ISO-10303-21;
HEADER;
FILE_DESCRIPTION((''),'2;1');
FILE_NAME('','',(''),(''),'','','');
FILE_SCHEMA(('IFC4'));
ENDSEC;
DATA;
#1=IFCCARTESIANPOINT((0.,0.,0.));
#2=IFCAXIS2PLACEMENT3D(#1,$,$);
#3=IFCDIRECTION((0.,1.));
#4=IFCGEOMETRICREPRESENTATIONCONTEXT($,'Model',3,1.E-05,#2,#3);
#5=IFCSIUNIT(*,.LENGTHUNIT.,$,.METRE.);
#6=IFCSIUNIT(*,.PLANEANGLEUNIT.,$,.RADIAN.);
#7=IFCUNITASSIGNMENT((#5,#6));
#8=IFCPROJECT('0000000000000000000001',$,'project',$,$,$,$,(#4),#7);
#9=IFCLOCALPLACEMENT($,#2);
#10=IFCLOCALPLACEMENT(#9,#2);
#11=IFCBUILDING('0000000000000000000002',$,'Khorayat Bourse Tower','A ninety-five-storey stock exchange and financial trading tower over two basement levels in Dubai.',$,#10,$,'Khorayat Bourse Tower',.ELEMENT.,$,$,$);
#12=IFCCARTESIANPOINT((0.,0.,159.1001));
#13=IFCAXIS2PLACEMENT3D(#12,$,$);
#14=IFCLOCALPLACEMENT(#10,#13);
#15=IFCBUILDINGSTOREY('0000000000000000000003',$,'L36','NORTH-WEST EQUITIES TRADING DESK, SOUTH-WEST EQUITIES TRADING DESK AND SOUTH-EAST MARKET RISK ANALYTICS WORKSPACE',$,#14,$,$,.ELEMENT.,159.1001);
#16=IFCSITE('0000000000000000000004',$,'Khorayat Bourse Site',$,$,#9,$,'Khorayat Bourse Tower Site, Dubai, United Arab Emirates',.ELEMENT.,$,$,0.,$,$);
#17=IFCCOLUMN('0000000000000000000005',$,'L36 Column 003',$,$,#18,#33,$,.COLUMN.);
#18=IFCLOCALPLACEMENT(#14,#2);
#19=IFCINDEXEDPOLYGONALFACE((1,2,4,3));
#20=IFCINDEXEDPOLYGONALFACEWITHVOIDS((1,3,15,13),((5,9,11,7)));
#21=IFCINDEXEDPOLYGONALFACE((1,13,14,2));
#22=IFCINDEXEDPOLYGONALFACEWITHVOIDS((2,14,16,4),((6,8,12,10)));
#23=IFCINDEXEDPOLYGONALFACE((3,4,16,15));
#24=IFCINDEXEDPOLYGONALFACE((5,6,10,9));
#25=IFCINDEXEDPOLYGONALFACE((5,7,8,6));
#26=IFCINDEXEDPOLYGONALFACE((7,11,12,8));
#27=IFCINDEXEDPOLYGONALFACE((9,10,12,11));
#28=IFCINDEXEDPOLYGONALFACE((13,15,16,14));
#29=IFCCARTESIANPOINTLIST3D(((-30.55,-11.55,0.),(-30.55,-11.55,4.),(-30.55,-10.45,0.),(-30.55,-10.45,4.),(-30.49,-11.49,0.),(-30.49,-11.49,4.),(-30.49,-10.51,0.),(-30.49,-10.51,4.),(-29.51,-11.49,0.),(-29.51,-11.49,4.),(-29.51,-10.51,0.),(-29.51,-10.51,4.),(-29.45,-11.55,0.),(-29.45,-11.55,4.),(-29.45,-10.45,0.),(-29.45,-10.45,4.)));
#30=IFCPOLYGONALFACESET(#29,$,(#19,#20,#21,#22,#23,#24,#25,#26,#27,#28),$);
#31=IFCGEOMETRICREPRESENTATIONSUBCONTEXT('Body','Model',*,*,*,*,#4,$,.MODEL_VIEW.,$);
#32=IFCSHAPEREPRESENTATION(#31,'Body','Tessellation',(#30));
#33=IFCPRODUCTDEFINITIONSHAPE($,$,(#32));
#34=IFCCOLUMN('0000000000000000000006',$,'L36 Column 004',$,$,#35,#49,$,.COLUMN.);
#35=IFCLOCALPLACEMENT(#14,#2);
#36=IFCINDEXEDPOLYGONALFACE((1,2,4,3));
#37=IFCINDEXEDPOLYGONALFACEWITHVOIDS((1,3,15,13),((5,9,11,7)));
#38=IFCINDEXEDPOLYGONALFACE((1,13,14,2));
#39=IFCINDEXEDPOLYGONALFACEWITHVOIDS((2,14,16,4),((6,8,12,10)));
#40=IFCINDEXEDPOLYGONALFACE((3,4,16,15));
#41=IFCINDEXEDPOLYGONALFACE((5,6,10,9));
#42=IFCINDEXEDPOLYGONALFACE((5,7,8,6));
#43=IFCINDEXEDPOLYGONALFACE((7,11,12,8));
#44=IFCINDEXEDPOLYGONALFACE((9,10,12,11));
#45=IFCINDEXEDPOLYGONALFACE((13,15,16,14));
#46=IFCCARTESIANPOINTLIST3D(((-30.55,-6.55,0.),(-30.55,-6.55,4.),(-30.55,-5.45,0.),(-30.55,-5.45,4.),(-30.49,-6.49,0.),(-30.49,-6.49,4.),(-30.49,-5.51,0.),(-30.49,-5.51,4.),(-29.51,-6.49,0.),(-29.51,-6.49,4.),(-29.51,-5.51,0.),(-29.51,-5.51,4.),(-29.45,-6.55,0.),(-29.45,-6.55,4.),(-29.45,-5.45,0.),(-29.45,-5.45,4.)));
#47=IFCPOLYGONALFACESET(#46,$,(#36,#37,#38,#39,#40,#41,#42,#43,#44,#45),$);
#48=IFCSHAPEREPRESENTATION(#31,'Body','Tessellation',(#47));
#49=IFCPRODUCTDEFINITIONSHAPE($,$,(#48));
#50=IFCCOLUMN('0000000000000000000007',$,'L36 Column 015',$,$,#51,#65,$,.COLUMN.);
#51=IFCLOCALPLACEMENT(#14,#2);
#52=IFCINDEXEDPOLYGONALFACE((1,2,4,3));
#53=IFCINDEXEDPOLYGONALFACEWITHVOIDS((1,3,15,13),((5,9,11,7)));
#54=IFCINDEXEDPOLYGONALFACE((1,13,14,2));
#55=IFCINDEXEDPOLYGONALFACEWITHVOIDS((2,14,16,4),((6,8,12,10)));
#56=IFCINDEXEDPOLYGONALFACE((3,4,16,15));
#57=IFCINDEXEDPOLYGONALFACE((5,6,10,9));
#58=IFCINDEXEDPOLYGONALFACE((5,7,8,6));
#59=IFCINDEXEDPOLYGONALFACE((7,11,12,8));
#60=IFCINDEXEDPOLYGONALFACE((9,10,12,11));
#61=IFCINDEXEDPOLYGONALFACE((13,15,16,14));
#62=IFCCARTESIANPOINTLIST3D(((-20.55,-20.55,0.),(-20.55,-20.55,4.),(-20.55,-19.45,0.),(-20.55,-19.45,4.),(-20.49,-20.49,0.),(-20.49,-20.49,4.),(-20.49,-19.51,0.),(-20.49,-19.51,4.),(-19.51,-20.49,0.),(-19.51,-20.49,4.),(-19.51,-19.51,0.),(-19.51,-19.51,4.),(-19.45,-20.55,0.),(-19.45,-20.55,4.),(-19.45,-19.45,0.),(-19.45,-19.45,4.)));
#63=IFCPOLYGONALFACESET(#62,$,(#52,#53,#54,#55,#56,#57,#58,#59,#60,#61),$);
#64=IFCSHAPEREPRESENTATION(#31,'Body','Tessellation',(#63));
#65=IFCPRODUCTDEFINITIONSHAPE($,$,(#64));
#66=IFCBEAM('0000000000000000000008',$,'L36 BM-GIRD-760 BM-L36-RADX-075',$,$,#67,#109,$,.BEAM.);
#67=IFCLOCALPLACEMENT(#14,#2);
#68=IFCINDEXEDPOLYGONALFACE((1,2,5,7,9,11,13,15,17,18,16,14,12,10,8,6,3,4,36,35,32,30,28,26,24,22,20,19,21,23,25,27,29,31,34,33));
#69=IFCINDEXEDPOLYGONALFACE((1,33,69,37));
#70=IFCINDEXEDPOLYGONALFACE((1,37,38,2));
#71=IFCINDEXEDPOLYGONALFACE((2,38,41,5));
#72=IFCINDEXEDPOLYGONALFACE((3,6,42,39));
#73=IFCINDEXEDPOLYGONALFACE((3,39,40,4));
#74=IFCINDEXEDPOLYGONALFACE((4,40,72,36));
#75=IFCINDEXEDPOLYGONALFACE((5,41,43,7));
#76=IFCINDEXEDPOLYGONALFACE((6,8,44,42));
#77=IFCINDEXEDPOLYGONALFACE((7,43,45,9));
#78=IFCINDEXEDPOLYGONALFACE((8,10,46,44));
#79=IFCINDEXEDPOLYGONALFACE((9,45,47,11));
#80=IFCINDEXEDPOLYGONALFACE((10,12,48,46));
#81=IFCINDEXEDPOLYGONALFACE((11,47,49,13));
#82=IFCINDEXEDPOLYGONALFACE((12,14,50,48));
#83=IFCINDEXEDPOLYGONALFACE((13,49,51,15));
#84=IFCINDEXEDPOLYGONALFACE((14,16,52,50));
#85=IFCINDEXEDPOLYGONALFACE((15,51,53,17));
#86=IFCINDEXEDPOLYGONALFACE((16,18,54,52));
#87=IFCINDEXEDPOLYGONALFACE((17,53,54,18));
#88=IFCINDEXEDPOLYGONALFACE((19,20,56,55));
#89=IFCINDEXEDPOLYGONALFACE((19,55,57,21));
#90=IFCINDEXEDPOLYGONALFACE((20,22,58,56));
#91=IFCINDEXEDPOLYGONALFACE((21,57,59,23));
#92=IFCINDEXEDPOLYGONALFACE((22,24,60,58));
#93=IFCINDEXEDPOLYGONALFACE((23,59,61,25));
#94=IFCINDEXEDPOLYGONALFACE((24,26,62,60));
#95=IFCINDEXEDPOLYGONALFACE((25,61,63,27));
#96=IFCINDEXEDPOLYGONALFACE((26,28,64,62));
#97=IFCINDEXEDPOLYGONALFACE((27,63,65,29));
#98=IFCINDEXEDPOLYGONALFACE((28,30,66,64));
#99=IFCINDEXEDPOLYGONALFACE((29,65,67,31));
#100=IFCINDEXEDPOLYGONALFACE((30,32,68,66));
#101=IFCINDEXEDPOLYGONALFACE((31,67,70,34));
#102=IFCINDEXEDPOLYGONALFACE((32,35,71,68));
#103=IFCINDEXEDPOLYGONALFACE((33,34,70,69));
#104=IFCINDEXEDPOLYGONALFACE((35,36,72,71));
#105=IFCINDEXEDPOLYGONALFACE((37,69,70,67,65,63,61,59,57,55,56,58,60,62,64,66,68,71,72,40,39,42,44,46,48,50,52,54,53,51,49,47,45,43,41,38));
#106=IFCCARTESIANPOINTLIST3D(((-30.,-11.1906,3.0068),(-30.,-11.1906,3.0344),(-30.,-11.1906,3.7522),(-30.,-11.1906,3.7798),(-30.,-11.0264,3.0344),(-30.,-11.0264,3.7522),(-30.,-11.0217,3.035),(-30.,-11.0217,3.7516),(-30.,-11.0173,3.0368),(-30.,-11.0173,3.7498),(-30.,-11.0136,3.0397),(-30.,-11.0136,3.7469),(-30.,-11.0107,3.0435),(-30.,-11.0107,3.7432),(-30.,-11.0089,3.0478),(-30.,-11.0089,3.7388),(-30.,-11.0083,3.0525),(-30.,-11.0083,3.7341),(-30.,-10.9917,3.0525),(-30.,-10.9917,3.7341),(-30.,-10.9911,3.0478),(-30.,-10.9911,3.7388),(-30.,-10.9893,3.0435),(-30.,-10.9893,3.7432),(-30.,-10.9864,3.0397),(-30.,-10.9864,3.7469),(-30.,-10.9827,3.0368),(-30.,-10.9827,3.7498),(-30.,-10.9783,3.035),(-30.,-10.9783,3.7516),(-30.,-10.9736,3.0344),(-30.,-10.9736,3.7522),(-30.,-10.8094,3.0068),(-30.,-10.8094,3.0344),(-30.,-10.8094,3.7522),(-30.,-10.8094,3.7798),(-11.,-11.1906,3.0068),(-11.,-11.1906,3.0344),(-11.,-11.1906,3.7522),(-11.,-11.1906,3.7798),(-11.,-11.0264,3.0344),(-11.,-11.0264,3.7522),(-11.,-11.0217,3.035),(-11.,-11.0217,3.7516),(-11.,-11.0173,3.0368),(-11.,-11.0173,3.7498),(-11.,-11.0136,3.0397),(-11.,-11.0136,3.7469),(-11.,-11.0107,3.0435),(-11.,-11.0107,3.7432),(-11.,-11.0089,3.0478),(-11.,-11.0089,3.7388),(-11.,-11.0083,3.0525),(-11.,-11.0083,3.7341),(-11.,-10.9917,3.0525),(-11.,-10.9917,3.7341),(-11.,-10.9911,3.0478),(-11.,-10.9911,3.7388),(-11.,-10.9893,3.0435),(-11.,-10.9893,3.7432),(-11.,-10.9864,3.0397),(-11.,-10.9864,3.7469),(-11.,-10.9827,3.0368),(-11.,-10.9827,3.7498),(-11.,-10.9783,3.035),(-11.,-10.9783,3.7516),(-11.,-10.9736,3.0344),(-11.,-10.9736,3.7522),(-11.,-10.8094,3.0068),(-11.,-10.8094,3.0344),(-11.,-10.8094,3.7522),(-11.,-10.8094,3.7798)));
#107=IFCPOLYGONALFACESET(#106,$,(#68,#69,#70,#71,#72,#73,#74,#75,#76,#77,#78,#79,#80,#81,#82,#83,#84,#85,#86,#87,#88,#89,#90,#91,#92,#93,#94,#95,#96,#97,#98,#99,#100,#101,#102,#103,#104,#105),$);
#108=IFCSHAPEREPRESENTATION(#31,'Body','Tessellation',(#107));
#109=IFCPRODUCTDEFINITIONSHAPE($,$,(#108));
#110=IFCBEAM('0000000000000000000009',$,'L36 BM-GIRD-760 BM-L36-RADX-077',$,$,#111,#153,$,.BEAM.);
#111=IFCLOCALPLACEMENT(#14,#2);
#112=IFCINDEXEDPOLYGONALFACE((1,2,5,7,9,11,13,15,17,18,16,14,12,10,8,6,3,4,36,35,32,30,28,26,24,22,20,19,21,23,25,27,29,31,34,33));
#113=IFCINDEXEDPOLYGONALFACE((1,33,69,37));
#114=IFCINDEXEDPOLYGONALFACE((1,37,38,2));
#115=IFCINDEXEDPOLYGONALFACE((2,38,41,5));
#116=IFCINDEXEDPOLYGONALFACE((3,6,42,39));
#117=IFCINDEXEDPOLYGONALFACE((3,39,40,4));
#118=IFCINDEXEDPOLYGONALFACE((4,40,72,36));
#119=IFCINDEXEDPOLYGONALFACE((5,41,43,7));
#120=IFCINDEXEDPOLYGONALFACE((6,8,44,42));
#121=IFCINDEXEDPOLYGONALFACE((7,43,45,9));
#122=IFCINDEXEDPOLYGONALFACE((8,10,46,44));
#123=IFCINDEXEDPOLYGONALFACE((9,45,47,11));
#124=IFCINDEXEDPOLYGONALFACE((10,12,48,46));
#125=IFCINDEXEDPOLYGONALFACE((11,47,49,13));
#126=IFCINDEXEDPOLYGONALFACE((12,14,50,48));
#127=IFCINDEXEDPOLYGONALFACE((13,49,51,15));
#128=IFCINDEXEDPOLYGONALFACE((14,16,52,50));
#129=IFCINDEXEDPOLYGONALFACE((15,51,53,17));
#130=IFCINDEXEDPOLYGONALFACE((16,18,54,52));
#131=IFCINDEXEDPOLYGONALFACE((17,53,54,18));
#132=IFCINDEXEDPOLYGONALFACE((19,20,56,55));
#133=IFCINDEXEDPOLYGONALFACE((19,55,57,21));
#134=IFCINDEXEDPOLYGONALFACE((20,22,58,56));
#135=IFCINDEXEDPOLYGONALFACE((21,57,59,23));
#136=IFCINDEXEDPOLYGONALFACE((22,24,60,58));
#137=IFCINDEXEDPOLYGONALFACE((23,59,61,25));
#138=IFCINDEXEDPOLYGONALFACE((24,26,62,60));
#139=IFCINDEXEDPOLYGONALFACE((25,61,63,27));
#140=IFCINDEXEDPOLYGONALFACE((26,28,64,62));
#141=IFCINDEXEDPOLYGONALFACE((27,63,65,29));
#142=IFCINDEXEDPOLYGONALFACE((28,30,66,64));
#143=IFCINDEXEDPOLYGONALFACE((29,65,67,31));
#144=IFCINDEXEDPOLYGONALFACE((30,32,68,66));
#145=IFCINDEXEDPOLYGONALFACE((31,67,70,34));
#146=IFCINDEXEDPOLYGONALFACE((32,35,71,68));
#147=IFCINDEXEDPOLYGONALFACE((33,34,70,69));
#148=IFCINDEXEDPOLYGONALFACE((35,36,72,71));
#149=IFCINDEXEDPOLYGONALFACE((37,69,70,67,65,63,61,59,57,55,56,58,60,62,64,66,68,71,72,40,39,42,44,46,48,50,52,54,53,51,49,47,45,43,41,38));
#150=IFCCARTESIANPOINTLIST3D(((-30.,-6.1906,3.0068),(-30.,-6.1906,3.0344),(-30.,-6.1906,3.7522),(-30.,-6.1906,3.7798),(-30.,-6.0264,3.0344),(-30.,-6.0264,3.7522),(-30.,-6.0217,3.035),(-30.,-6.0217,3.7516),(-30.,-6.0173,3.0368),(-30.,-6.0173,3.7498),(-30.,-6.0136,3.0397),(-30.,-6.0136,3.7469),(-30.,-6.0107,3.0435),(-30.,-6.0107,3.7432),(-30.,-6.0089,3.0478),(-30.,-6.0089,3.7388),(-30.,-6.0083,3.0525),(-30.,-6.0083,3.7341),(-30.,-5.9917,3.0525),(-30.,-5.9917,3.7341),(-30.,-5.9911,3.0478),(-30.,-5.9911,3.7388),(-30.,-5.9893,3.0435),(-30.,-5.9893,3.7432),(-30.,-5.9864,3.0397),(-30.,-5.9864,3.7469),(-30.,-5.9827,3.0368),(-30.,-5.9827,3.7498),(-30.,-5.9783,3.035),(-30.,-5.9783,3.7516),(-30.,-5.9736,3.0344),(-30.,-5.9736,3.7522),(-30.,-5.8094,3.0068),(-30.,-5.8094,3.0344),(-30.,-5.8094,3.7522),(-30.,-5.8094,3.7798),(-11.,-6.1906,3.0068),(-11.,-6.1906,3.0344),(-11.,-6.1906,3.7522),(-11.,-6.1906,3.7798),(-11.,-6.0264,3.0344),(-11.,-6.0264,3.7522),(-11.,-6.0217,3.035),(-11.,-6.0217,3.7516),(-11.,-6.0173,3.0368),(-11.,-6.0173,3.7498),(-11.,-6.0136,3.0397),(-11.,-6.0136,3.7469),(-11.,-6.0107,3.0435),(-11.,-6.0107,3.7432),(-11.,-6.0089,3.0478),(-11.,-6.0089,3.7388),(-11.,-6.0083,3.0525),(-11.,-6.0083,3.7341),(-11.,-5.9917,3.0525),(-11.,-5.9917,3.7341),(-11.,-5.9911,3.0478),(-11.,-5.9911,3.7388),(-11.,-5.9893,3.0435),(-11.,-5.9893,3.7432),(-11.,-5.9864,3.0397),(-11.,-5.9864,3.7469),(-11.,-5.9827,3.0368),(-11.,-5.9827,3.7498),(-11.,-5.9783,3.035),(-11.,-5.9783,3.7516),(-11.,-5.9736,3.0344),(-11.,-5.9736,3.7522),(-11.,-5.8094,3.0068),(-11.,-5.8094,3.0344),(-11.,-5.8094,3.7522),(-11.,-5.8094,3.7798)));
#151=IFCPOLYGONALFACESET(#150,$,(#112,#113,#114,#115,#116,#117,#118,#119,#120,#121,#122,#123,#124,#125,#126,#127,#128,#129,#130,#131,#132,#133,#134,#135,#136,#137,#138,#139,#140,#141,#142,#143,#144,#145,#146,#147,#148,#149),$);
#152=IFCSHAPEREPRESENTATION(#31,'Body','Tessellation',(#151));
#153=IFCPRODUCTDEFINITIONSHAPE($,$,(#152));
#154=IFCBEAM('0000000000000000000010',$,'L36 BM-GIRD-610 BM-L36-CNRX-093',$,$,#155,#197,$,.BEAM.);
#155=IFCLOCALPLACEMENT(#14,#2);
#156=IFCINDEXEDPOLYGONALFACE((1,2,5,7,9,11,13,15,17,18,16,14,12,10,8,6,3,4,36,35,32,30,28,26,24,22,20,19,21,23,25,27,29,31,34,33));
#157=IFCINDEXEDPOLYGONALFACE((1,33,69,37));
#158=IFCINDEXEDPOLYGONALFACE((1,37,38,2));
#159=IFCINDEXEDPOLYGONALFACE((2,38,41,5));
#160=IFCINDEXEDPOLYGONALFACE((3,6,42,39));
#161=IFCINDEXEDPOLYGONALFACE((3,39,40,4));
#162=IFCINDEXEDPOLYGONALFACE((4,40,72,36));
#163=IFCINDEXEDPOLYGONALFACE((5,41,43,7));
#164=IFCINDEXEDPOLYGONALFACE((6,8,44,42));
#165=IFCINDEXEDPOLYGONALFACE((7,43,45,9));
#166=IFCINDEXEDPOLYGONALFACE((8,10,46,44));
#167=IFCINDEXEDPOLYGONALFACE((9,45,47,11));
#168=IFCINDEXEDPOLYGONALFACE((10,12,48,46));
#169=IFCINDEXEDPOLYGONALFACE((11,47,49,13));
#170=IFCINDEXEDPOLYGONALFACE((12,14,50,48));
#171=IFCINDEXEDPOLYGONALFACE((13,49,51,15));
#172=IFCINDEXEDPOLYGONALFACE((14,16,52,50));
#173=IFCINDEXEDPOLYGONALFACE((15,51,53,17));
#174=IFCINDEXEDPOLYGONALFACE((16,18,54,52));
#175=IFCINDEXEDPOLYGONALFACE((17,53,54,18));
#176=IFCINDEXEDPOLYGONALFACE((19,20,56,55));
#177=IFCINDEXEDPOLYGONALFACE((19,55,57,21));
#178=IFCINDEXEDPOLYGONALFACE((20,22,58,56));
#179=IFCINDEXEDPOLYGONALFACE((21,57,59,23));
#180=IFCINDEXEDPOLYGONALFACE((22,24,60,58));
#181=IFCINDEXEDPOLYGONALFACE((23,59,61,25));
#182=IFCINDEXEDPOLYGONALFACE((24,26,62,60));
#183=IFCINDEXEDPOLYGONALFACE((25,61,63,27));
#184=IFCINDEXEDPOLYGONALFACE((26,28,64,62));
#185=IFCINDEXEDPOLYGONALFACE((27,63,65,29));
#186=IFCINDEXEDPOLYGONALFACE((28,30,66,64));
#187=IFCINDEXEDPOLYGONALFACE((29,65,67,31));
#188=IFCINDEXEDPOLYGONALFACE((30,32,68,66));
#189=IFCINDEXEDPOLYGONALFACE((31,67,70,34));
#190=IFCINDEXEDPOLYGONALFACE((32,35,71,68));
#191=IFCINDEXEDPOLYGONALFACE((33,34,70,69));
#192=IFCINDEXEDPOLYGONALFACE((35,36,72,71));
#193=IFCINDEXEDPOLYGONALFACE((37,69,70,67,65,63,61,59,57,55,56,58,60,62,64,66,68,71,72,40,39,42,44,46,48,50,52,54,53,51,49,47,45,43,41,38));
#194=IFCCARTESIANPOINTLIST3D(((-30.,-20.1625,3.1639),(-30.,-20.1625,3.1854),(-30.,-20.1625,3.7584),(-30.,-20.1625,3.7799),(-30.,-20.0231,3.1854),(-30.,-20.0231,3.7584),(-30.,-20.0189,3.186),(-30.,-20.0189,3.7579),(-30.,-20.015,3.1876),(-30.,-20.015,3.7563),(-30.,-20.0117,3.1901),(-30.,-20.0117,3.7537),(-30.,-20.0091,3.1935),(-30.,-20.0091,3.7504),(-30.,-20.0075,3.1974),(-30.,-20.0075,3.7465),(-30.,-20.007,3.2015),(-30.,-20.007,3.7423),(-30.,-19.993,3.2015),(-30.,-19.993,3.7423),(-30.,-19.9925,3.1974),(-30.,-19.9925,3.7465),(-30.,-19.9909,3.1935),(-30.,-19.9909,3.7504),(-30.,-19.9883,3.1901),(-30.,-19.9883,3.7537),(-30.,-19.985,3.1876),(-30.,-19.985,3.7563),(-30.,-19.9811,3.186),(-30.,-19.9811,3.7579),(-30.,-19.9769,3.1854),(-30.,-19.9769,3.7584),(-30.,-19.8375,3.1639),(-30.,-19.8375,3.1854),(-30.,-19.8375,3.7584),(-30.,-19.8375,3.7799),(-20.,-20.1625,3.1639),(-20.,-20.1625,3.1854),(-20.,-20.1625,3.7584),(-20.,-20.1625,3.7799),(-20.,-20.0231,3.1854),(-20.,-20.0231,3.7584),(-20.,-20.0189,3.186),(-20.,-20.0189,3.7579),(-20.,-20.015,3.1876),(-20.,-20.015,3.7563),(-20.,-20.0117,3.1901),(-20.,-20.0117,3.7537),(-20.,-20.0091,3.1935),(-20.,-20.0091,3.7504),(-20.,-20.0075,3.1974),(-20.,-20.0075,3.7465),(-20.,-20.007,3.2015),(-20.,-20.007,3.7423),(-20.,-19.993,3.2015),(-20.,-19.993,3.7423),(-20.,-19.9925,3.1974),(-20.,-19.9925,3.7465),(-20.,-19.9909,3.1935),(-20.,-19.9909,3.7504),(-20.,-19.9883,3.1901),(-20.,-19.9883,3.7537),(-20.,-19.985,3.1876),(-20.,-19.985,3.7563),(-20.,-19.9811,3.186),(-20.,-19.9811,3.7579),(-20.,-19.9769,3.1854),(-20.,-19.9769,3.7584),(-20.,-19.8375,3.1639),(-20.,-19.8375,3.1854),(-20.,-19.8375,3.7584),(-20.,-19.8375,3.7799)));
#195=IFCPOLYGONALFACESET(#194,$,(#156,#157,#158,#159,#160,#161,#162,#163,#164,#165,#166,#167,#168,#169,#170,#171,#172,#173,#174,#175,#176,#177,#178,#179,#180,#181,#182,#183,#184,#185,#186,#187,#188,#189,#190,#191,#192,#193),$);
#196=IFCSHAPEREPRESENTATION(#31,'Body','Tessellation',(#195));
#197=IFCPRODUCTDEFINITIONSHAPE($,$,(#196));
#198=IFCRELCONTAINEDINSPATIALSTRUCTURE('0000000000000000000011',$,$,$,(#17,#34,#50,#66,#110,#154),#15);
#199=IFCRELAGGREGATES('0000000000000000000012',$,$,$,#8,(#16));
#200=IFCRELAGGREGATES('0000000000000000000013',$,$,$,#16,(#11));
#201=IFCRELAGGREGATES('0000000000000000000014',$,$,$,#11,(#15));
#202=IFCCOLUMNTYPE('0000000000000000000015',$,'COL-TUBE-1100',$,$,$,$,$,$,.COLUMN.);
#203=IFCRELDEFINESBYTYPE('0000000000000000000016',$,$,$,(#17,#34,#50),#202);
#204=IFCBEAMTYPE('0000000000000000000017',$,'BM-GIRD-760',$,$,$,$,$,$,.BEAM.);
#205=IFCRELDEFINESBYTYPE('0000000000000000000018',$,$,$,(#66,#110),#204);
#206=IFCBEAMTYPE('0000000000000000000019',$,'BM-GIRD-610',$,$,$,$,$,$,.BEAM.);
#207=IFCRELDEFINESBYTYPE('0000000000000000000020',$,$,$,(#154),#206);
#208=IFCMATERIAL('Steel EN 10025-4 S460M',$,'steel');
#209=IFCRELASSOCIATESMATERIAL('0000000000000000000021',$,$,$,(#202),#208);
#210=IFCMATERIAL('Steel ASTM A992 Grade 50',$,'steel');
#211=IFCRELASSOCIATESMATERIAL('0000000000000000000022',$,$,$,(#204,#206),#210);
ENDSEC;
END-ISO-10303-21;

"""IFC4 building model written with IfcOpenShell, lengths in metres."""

from ifc_helpers import new_model, si_unit, direction, frame, origin, origin_2d, place, context, subcontext, project, spatial, hollow_rectangle, i_section, extrude, source, transform, mapped, material, material_profile, profile_set, type_object, element, save


model = new_model("IFC4")

# Units and contexts
model_context = context("Model", 3, precision=1e-05, world=origin(), true_north=direction((0.0, 1.0)))
body_context = subcontext(model_context, "Body", "Model", "MODEL_VIEW")
ifc_project = project(units=[si_unit("LENGTHUNIT", "METRE"), si_unit("PLANEANGLEUNIT", "RADIAN")], contexts=[model_context])

# Site, building, storey
site_placement = place(None, origin())
site = spatial("IfcSite", under=ifc_project, at=site_placement, Name="Khorayat Bourse Site", LongName="Khorayat Bourse Tower Site, Dubai, United Arab Emirates", CompositionType="ELEMENT", RefElevation=0.0)
building_placement = place(site_placement, origin())
building = spatial("IfcBuilding", under=site, at=building_placement, Name="Khorayat Bourse Tower", Description="A ninety-five-storey stock exchange and financial trading tower over two basement levels in Dubai.", LongName="Khorayat Bourse Tower", CompositionType="ELEMENT")
storey_placement = place(building_placement, frame((0.0, 0.0, 159.1001)))
storey = spatial("IfcBuildingStorey", under=building, at=storey_placement, Name="L36", Description="NORTH-WEST EQUITIES TRADING DESK, SOUTH-WEST EQUITIES TRADING DESK AND SOUTH-EAST MARKET RISK ANALYTICS WORKSPACE", CompositionType="ELEMENT", Elevation=159.1001)

# Columns
ifc_material_1 = material(Name="Steel EN 10025-4 S460M", Category="steel")
ifc_material_profile_1 = material_profile(ifc_material_1, hollow_rectangle(XDim=1.1001, YDim=1.1001, WallThickness=0.0601, at=origin_2d()), Name="BOX 1100x1100x60")
ifc_profile_set_1 = profile_set([ifc_material_profile_1], Name="Steel EN 10025-4 S460M")
column_type = type_object("IfcColumnType", Name="COL-TUBE-1100", PredefinedType="COLUMN", material=ifc_profile_set_1)
shared_shape_1 = source(origin(), body_context, "Body", "SweptSolid", [
    extrude(hollow_rectangle(XDim=1.1001, YDim=1.1001, WallThickness=0.0601, at=origin_2d()), origin(), (0.0, 0.0, 1.0), 4.0),
])
for number, where, z_axis, x_axis, name in (
    (1, (-30.0, -11.0, 0.0), (0.0, 0.0, 1.0), (1.0, 0.0, 0.0), "L36 Column 003"),
    (2, (-30.0, -6.0, 0.0), (0.0, 0.0, 1.0), (1.0, 0.0, 0.0), "L36 Column 004"),
    (3, (-20.0, -20.0, 0.0), (0.0, 0.0, 1.0), (1.0, 0.0, 0.0), "L36 Column 015"),
):
    element("IfcColumn", number, at=place(storey_placement, frame(where, z_axis=z_axis, x_axis=x_axis)), inside=storey, type_object=column_type, Name=name, PredefinedType="COLUMN", context=body_context, shape_type="MappedRepresentation", body=[
        mapped(shared_shape_1, transform((0.0, 0.0, 0.0), scale=1.0)),
    ])

# Beams
ifc_material_2 = material(Name="Steel ASTM A992 Grade 50", Category="steel")
ifc_material_profile_2 = material_profile(ifc_material_2, i_section(OverallWidth=0.3811, OverallDepth=0.7729, WebThickness=0.0166, FlangeThickness=0.0276, FilletRadius=0.0181, at=origin_2d()), Name="W760X257")
ifc_profile_set_2 = profile_set([ifc_material_profile_2], Name="Steel ASTM A992 Grade 50")
beam_type_1 = type_object("IfcBeamType", Name="BM-GIRD-760", PredefinedType="BEAM", material=ifc_profile_set_2)
shared_shape_2 = source(origin(), body_context, "Body", "SweptSolid", [
    extrude(i_section(OverallWidth=0.3811, OverallDepth=0.7729, WebThickness=0.0166, FlangeThickness=0.0276, FilletRadius=0.0181, at=origin_2d()), origin(), (0.0, 0.0, 1.0), 19.0),
])
for number, where, z_axis, x_axis, name in (
    (4, (-30.0, -11.0, 3.3933), (1.0, 0.0, 0.0), (0.0, 1.0, 0.0), "L36 BM-GIRD-760 BM-L36-RADX-075"),
    (5, (-30.0, -6.0, 3.3933), (1.0, 0.0, 0.0), (0.0, 1.0, 0.0), "L36 BM-GIRD-760 BM-L36-RADX-077"),
):
    element("IfcBeam", number, at=place(storey_placement, frame(where, z_axis=z_axis, x_axis=x_axis)), inside=storey, type_object=beam_type_1, Name=name, PredefinedType="BEAM", context=body_context, shape_type="MappedRepresentation", body=[
        mapped(shared_shape_2, transform((0.0, 0.0, 0.0), scale=1.0)),
    ])
ifc_material_profile_3 = material_profile(ifc_material_2, i_section(OverallWidth=0.325, OverallDepth=0.616, WebThickness=0.0139, FlangeThickness=0.0215, FilletRadius=0.0161, at=origin_2d()), Name="W610X174")
ifc_profile_set_3 = profile_set([ifc_material_profile_3], Name="Steel ASTM A992 Grade 50")
beam_type_2 = type_object("IfcBeamType", Name="BM-GIRD-610", PredefinedType="BEAM", material=ifc_profile_set_3)
shared_shape_3 = source(origin(), body_context, "Body", "SweptSolid", [
    extrude(i_section(OverallWidth=0.325, OverallDepth=0.616, WebThickness=0.0139, FlangeThickness=0.0215, FilletRadius=0.0161, at=origin_2d()), origin(), (0.0, 0.0, 1.0), 10.0),
])
beam_1_placement = place(storey_placement, frame((-30.0, -20.0, 3.4719), z_axis=(1.0, 0.0, 0.0), x_axis=(0.0, 1.0, 0.0)))
element("IfcBeam", 6, at=beam_1_placement, inside=storey, type_object=beam_type_2, Name="L36 BM-GIRD-610 BM-L36-CNRX-093", PredefinedType="BEAM", context=body_context, shape_type="MappedRepresentation", body=[
    mapped(shared_shape_3, transform((0.0, 0.0, 0.0), scale=1.0)),
])

save(model, "model.ifc")
